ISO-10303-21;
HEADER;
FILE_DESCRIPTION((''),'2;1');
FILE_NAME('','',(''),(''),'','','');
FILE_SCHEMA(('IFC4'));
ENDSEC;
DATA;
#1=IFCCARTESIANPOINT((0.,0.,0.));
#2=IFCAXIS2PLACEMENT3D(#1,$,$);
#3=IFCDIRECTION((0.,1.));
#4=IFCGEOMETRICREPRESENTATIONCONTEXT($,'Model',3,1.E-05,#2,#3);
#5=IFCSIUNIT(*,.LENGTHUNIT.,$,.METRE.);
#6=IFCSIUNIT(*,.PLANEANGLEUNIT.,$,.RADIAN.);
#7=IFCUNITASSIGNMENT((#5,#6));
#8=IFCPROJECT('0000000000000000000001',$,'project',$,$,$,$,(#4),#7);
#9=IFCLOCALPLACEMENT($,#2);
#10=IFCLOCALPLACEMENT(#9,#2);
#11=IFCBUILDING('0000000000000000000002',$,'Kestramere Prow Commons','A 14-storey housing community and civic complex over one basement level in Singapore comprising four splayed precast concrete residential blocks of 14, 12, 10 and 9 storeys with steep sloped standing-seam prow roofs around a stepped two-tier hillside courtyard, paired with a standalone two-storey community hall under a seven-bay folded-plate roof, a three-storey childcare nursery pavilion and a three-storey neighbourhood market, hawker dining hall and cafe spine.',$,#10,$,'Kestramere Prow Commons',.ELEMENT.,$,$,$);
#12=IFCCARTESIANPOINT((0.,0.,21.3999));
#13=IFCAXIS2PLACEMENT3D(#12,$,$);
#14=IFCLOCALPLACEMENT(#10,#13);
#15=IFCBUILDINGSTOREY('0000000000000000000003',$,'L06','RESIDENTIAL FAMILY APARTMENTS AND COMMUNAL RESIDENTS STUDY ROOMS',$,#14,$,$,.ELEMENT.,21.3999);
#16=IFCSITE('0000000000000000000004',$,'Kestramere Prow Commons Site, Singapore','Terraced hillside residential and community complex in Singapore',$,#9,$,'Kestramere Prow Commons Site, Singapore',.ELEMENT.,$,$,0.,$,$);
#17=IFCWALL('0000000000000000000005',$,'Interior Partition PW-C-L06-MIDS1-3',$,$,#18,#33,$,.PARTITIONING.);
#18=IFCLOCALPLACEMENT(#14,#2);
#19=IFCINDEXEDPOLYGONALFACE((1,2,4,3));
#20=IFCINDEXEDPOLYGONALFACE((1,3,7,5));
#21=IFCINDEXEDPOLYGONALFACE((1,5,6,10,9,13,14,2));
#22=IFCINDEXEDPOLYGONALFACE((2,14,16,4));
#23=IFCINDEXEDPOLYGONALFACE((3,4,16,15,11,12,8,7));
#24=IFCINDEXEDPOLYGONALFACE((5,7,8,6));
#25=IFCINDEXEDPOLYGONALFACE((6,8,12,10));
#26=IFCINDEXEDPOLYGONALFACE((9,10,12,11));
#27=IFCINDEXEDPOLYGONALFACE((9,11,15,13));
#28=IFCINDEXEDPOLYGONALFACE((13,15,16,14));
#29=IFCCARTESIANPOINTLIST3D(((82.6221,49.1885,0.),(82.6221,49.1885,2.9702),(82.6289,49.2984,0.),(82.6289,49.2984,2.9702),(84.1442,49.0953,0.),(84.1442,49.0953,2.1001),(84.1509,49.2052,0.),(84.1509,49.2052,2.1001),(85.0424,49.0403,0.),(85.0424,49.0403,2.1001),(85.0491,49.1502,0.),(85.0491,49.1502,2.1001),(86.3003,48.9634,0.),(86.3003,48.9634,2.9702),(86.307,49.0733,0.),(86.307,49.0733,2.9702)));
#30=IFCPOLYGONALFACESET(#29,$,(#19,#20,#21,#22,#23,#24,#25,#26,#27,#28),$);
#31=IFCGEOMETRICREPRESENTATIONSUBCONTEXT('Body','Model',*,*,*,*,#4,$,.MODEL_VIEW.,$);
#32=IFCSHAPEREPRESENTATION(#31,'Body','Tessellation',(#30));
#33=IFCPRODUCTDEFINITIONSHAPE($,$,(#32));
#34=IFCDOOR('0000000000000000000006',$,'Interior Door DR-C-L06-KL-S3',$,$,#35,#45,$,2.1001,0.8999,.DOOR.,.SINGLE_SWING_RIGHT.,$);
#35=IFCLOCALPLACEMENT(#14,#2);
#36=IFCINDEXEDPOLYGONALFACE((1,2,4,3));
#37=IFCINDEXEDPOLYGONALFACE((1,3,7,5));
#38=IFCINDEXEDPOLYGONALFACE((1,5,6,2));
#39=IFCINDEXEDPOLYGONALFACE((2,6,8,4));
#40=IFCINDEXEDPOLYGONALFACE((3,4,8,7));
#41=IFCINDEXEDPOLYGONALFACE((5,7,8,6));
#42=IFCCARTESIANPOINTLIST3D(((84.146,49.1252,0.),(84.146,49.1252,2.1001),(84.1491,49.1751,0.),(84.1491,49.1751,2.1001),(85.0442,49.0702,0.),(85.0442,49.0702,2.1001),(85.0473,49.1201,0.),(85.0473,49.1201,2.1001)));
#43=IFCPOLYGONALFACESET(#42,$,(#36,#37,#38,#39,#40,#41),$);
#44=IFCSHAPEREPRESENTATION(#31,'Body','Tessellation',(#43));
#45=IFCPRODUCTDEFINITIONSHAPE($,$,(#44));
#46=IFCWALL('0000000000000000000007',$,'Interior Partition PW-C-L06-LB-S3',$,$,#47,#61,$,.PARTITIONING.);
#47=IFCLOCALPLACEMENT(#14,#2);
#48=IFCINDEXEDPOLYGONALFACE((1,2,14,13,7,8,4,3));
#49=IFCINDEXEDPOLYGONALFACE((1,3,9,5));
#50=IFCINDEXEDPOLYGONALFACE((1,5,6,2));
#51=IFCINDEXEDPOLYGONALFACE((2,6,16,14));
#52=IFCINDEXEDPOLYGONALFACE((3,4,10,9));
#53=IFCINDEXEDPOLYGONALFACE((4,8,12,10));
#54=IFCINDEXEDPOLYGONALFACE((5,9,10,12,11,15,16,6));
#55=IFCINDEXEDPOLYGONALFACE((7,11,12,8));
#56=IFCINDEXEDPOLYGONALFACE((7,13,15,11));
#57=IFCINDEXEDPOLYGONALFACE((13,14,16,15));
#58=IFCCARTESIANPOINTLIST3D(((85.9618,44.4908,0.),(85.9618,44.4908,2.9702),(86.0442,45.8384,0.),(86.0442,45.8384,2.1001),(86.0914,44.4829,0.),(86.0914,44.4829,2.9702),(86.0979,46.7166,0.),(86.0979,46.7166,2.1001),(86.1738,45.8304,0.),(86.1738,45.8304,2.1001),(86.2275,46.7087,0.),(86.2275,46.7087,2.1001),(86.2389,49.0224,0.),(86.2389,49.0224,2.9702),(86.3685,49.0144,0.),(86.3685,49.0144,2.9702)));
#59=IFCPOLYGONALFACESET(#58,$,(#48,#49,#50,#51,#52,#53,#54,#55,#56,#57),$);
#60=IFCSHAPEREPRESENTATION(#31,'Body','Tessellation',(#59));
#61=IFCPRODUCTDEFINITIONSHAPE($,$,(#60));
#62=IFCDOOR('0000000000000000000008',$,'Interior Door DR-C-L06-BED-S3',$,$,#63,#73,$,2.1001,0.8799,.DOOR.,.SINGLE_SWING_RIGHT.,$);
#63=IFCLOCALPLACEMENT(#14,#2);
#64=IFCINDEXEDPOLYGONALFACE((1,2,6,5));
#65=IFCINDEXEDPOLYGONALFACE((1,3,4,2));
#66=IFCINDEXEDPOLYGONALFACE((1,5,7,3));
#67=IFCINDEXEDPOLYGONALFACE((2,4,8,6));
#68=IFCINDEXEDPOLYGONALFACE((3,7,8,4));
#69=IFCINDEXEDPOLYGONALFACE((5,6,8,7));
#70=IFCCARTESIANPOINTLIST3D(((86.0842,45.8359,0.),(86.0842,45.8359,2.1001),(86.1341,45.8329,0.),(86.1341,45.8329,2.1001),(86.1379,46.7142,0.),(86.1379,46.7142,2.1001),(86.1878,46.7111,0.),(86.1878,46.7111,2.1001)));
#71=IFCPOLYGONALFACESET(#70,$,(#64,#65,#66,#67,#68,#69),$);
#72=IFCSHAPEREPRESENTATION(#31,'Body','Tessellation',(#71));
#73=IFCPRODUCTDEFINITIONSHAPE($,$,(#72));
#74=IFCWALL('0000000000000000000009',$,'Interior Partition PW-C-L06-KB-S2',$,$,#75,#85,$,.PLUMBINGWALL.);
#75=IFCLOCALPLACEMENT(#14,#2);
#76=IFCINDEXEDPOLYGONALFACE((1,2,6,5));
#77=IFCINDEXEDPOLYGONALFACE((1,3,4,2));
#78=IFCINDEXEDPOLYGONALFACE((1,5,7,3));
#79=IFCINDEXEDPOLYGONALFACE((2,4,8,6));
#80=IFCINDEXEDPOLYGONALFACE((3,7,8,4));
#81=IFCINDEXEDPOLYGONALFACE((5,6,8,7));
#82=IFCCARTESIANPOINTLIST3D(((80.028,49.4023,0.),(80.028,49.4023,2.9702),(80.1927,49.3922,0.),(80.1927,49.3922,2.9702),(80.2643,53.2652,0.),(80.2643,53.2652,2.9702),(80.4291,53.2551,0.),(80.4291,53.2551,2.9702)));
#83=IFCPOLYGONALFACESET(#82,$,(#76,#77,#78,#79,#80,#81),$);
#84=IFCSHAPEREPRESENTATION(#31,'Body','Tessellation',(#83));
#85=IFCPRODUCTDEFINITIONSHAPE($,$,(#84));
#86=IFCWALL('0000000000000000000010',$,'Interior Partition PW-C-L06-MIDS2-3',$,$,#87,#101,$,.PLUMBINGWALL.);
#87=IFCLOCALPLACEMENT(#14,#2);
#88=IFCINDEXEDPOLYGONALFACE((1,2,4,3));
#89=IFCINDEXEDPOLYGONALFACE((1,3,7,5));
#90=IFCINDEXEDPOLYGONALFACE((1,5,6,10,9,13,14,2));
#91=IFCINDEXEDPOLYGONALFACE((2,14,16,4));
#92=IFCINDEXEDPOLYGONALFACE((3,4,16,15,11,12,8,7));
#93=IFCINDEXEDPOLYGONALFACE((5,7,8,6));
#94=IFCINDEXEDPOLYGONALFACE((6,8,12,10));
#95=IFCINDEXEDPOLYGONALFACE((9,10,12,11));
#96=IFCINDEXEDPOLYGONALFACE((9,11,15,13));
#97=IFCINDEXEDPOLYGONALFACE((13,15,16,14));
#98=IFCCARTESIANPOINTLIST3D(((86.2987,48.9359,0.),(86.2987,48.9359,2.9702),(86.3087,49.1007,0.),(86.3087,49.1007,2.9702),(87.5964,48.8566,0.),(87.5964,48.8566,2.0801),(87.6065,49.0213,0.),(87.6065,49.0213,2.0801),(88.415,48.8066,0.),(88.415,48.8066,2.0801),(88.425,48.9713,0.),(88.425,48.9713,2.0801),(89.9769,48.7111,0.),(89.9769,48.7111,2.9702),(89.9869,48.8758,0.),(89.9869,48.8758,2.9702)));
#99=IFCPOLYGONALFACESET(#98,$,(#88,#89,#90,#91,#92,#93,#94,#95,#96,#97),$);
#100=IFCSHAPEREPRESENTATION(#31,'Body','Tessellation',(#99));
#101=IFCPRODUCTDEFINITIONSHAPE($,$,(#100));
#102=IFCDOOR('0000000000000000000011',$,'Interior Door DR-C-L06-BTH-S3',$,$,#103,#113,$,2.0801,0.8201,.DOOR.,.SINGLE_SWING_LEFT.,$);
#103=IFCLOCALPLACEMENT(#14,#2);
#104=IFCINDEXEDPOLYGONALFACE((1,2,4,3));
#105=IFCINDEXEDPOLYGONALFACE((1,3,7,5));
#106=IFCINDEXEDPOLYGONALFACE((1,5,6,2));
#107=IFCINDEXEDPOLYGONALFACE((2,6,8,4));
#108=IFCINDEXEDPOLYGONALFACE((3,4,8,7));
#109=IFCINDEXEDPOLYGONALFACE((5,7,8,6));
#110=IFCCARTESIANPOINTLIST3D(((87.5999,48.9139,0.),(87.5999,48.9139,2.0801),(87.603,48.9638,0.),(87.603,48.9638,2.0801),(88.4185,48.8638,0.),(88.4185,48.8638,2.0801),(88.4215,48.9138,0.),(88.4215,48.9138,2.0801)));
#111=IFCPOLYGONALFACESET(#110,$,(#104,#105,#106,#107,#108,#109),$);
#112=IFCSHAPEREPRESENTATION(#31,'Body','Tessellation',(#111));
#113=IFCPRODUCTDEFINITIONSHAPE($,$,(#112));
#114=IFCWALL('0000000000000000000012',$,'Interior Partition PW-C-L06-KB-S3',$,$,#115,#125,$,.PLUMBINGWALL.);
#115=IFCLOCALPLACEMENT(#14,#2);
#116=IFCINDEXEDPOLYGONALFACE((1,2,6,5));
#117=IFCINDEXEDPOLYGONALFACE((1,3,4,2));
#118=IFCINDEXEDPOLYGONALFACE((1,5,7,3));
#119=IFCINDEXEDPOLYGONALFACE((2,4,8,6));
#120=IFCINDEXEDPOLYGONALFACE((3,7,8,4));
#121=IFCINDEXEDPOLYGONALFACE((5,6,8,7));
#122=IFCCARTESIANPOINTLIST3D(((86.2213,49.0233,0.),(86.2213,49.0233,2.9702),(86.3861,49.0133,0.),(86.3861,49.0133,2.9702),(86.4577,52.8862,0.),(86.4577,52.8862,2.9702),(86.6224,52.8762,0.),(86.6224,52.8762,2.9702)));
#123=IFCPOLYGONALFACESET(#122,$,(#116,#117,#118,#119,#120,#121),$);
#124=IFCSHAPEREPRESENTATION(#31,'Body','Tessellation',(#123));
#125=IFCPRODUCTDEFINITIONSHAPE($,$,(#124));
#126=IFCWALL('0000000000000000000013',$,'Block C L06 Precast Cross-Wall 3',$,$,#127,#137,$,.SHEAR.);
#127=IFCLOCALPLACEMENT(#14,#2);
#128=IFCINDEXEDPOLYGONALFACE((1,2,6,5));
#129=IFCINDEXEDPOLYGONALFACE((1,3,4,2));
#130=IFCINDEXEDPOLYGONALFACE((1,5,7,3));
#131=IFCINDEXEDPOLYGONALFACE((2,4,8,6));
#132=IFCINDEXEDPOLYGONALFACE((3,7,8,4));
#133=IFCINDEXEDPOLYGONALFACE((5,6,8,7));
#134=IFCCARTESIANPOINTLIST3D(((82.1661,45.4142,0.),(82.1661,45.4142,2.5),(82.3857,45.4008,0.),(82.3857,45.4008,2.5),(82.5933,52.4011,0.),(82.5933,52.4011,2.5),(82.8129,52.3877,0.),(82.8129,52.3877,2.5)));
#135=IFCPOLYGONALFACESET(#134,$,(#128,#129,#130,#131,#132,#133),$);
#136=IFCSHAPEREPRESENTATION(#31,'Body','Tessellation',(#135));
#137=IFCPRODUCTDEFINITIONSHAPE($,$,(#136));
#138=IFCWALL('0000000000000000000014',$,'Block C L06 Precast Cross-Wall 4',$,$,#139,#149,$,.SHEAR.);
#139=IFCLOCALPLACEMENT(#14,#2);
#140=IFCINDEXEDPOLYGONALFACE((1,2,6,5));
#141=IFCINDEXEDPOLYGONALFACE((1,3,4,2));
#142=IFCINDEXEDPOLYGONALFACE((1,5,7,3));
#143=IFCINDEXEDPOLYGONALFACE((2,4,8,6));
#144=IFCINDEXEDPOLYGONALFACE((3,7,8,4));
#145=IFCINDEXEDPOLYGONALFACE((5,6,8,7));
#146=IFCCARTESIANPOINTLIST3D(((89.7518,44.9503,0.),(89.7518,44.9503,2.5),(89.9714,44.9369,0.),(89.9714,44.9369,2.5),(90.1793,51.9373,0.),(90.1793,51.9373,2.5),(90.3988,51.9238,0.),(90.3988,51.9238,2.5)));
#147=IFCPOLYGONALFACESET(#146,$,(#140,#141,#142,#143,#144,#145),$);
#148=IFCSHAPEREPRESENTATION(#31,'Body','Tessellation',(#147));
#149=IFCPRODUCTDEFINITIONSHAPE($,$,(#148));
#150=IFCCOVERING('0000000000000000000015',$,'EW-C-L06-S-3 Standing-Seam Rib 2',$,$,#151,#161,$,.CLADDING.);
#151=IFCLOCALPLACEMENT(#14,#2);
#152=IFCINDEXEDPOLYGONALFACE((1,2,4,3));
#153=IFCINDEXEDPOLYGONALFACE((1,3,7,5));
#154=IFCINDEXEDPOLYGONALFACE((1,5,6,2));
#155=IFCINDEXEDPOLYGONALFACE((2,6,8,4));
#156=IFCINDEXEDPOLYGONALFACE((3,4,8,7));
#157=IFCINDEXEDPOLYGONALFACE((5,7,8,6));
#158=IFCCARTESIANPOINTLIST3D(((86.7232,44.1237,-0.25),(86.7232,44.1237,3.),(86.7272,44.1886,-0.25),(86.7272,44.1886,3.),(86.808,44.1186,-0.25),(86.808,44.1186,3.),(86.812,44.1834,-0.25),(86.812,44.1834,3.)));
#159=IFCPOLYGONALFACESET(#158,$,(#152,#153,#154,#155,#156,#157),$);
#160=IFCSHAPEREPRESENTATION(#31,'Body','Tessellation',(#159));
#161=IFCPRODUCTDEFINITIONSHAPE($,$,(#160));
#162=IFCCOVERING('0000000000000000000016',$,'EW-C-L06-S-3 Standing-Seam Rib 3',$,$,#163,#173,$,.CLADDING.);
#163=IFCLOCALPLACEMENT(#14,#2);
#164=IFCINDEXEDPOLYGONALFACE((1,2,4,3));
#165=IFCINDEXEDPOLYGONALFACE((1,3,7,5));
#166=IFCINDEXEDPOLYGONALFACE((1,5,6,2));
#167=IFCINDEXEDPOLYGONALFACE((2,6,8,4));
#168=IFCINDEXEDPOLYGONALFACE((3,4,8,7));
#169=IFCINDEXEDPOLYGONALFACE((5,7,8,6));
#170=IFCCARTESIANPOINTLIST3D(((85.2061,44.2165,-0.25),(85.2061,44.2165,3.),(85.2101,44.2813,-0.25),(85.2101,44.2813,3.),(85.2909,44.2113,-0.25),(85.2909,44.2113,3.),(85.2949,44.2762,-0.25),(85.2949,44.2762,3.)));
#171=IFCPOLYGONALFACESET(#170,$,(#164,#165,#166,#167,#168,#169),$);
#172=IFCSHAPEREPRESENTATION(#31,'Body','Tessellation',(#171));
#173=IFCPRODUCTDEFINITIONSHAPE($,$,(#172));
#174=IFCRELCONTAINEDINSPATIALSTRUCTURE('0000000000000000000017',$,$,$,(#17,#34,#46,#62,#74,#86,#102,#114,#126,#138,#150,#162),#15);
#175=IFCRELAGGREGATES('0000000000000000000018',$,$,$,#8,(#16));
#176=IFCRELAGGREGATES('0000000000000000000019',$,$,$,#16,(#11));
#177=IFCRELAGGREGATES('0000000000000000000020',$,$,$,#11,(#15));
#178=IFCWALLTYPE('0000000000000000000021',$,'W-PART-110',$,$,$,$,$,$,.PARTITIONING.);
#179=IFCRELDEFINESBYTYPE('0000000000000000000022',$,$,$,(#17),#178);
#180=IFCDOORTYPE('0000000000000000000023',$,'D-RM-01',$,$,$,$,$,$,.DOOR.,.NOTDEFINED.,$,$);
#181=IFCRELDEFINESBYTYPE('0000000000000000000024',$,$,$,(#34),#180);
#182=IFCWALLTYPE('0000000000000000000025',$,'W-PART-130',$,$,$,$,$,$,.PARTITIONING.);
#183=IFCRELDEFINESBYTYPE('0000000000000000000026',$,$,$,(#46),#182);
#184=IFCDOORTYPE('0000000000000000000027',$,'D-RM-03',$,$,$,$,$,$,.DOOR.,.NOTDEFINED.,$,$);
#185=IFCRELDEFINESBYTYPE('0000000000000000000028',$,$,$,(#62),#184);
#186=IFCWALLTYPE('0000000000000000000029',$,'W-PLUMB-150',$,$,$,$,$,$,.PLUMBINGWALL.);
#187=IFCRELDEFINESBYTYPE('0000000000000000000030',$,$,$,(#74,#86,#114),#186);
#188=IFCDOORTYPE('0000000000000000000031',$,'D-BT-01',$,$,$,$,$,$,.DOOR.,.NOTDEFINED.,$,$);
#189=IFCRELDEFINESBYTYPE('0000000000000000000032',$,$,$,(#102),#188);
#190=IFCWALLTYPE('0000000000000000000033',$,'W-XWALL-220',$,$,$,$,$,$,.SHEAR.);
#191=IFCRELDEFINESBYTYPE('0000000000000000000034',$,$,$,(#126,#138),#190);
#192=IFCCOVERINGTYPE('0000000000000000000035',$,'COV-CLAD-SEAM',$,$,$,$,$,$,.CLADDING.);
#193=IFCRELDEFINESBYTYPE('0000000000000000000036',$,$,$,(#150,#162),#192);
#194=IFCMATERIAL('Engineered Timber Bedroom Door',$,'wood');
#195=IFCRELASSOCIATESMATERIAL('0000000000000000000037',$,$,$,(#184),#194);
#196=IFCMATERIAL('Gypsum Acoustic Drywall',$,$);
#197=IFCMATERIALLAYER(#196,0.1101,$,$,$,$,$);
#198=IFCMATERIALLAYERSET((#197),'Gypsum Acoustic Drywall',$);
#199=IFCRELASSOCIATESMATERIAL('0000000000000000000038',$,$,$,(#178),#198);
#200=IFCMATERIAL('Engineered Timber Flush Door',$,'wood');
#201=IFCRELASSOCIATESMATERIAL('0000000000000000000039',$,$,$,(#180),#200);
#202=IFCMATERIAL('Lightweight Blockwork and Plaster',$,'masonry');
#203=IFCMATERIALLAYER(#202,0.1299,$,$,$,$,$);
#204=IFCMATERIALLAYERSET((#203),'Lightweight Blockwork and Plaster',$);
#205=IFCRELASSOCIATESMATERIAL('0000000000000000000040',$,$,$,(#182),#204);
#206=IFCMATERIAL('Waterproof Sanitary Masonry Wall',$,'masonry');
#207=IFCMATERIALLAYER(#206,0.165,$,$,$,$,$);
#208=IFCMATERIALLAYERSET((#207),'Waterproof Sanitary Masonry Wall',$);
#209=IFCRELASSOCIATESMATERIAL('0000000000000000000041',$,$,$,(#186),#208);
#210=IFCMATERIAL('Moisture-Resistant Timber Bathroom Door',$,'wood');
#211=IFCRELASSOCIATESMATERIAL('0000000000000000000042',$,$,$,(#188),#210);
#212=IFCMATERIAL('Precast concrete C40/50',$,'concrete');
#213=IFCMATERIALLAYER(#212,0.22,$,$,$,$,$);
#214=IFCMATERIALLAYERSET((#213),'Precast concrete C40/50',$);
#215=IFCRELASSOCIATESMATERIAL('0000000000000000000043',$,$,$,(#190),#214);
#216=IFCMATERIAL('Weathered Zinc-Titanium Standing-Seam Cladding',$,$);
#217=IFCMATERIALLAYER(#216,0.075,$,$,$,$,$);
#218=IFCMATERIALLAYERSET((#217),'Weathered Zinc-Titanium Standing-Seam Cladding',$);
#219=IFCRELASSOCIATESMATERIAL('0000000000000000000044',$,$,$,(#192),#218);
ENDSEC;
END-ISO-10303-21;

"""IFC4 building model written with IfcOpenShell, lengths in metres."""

from ifc_helpers import new_model, si_unit, direction, frame, frame_2d, origin, origin_2d, place, context, subcontext, project, spatial, rectangle, extrude, material, layer, layer_set, type_object, element, fill, save


model = new_model("IFC4")

# Units and contexts
model_context = context("Model", 3, precision=1e-05, world=origin(), true_north=direction((0.0, 1.0)))
body_context = subcontext(model_context, "Body", "Model", "MODEL_VIEW")
ifc_project = project(units=[si_unit("LENGTHUNIT", "METRE"), si_unit("PLANEANGLEUNIT", "RADIAN")], contexts=[model_context])

# Site, building, storey
site_placement = place(None, origin())
site = spatial("IfcSite", under=ifc_project, at=site_placement, Name="Kestramere Prow Commons Site, Singapore", Description="Terraced hillside residential and community complex in Singapore", LongName="Kestramere Prow Commons Site, Singapore", CompositionType="ELEMENT", RefElevation=0.0)
building_placement = place(site_placement, origin())
building = spatial("IfcBuilding", under=site, at=building_placement, Name="Kestramere Prow Commons", Description="A 14-storey housing community and civic complex over one basement level in Singapore comprising four splayed precast concrete residential blocks of 14, 12, 10 and 9 storeys with steep sloped standing-seam prow roofs around a stepped two-tier hillside courtyard, paired with a standalone two-storey community hall under a seven-bay folded-plate roof, a three-storey childcare nursery pavilion and a three-storey neighbourhood market, hawker dining hall and cafe spine.", LongName="Kestramere Prow Commons", CompositionType="ELEMENT")
storey_placement = place(building_placement, frame((0.0, 0.0, 21.3999)))
storey = spatial("IfcBuildingStorey", under=building, at=storey_placement, Name="L06", Description="RESIDENTIAL FAMILY APARTMENTS AND COMMUNAL RESIDENTS STUDY ROOMS", CompositionType="ELEMENT", Elevation=21.3999)

# Shared definitions
ifc_material_1 = material(Name="Precast concrete C40/50", Category="concrete")

# Walls, openings, doors
ifc_material_2 = material(Name="Gypsum Acoustic Drywall")
ifc_material_3 = material(Name="Engineered Timber Bedroom Door", Category="wood")
door_type_1 = type_object("IfcDoorType", Name="D-RM-03", OperationType="NOTDEFINED", PredefinedType="DOOR", material=ifc_material_3)
ifc_layer_1 = layer(ifc_material_2, 0.1101)
ifc_layer_set_1 = layer_set([ifc_layer_1], Name="Gypsum Acoustic Drywall")
wall_type_1 = type_object("IfcWallType", Name="W-PART-110", PredefinedType="PARTITIONING", material=ifc_layer_set_1)
wall_1_placement = place(storey_placement, frame((82.6255, 49.2434, 0.0), z_axis=(0.0, 0.0, 1.0), x_axis=(0.998133, -0.061083, 0.0)))
wall_1 = element("IfcWall", 1, at=wall_1_placement, inside=storey, type_object=wall_type_1, Name="Interior Partition PW-C-L06-MIDS1-3", PredefinedType="PARTITIONING", context=body_context, shape_type="SweptSolid", body=[
    extrude(rectangle(XDim=3.6851, YDim=0.1101, at=frame_2d((1.8425, 0.0))), origin(), (0.0, 0.0, 1.0), 2.9702),
])
opening_1_placement = place(wall_1_placement, frame((1.5249, 0.0, 0.0)))
opening_1 = element("IfcOpeningElement", 2, at=opening_1_placement, cuts=wall_1, PredefinedType="OPENING", context=body_context, shape_type="SweptSolid", body=[
    extrude(rectangle(XDim=0.8999, YDim=2.1001, at=frame_2d((0.45, 1.05))), frame((0.0, 0.0701, 0.0), z_axis=(0.0, -1.0, 0.0), x_axis=(1.0, 0.0, 0.0)), (0.0, 0.0, 1.0), 0.1401),
])
ifc_material_4 = material(Name="Engineered Timber Flush Door", Category="wood")
door_type_2 = type_object("IfcDoorType", Name="D-RM-01", OperationType="NOTDEFINED", PredefinedType="DOOR", material=ifc_material_4)
door_1_placement = place(opening_1_placement, origin())
door_1 = element("IfcDoor", 3, at=door_1_placement, inside=storey, type_object=door_type_2, Name="Interior Door DR-C-L06-KL-S3", OperationType="SINGLE_SWING_RIGHT", OverallHeight=2.1001, OverallWidth=0.8999, PredefinedType="DOOR", context=body_context, shape_type="SweptSolid", body=[
    extrude(rectangle(XDim=0.8999, YDim=2.1001, at=frame_2d((0.45, 1.05))), frame((0.0, 0.0249, 0.0), z_axis=(0.0, -1.0, 0.0), x_axis=(1.0, 0.0, 0.0)), (0.0, 0.0, 1.0), 0.05),
])
fill(opening_1, door_1)
ifc_material_5 = material(Name="Lightweight Blockwork and Plaster", Category="masonry")
ifc_layer_2 = layer(ifc_material_5, 0.1299)
ifc_layer_set_2 = layer_set([ifc_layer_2], Name="Lightweight Blockwork and Plaster")
wall_type_2 = type_object("IfcWallType", Name="W-PART-130", PredefinedType="PARTITIONING", material=ifc_layer_set_2)
wall_2_placement = place(storey_placement, frame((86.0266, 44.4868, 0.0), z_axis=(0.0, 0.0, 1.0), x_axis=(0.061036, 0.998136, 0.0)))
wall_2 = element("IfcWall", 4, at=wall_2_placement, inside=storey, type_object=wall_type_2, Name="Interior Partition PW-C-L06-LB-S3", PredefinedType="PARTITIONING", context=body_context, shape_type="SweptSolid", body=[
    extrude(rectangle(XDim=4.54, YDim=0.1299, at=frame_2d((2.27, 0.0))), origin(), (0.0, 0.0, 1.0), 2.9702),
])
opening_2_placement = place(wall_2_placement, frame((1.3501, 0.0, 0.0)))
opening_2 = element("IfcOpeningElement", 5, at=opening_2_placement, cuts=wall_2, PredefinedType="OPENING", context=body_context, shape_type="SweptSolid", body=[
    extrude(rectangle(XDim=0.8799, YDim=2.1001, at=frame_2d((0.4399, 1.05))), frame((0.0, 0.0798, 0.0), z_axis=(0.0, -1.0, 0.0), x_axis=(1.0, 0.0, 0.0)), (0.0, 0.0, 1.0), 0.1599),
])
door_2_placement = place(opening_2_placement, origin())
door_2 = element("IfcDoor", 6, at=door_2_placement, inside=storey, type_object=door_type_1, Name="Interior Door DR-C-L06-BED-S3", OperationType="SINGLE_SWING_RIGHT", OverallHeight=2.1001, OverallWidth=0.8799, PredefinedType="DOOR", context=body_context, shape_type="SweptSolid", body=[
    extrude(rectangle(XDim=0.8799, YDim=2.1001, at=frame_2d((0.4399, 1.05))), frame((0.0, 0.0249, 0.0), z_axis=(0.0, -1.0, 0.0), x_axis=(1.0, 0.0, 0.0)), (0.0, 0.0, 1.0), 0.05),
])
fill(opening_2, door_2)

# Wall
ifc_material_6 = material(Name="Waterproof Sanitary Masonry Wall", Category="masonry")
ifc_layer_3 = layer(ifc_material_6, 0.165)
ifc_layer_set_3 = layer_set([ifc_layer_3], Name="Waterproof Sanitary Masonry Wall")
wall_type_3 = type_object("IfcWallType", Name="W-PLUMB-150", PredefinedType="PLUMBINGWALL", material=ifc_layer_set_3)
wall_3_placement = place(storey_placement, frame((80.1104, 49.3972, 0.0), z_axis=(0.0, 0.0, 1.0), x_axis=(0.061066, 0.998134, 0.0)))
element("IfcWall", 7, at=wall_3_placement, inside=storey, type_object=wall_type_3, Name="Interior Partition PW-C-L06-KB-S2", PredefinedType="PLUMBINGWALL", context=body_context, shape_type="SweptSolid", body=[
    extrude(rectangle(XDim=3.8701, YDim=0.165, at=frame_2d((1.9351, 0.0))), origin(), (0.0, 0.0, 1.0), 2.9702),
])

# Wall, opening, door
wall_4_placement = place(storey_placement, frame((86.3037, 49.0183, 0.0), z_axis=(0.0, 0.0, 1.0), x_axis=(0.998137, -0.061017, 0.0)))
wall_4 = element("IfcWall", 8, at=wall_4_placement, inside=storey, type_object=wall_type_3, Name="Interior Partition PW-C-L06-MIDS2-3", PredefinedType="PLUMBINGWALL", context=body_context, shape_type="SweptSolid", body=[
    extrude(rectangle(XDim=3.6851, YDim=0.165, at=frame_2d((1.8425, 0.0))), origin(), (0.0, 0.0, 1.0), 2.9702),
])
opening_3_placement = place(wall_4_placement, frame((1.3, 0.0, 0.0)))
opening_3 = element("IfcOpeningElement", 9, at=opening_3_placement, cuts=wall_4, PredefinedType="OPENING", context=body_context, shape_type="SweptSolid", body=[
    extrude(rectangle(XDim=0.8201, YDim=2.0801, at=frame_2d((0.4102, 1.04))), frame((0.0, 0.0974, 0.0), z_axis=(0.0, -1.0, 0.0), x_axis=(1.0, 0.0, 0.0)), (0.0, 0.0, 1.0), 0.1951),
])
ifc_material_7 = material(Name="Moisture-Resistant Timber Bathroom Door", Category="wood")
door_type_3 = type_object("IfcDoorType", Name="D-BT-01", OperationType="NOTDEFINED", PredefinedType="DOOR", material=ifc_material_7)
door_3_placement = place(opening_3_placement, origin())
door_3 = element("IfcDoor", 10, at=door_3_placement, inside=storey, type_object=door_type_3, Name="Interior Door DR-C-L06-BTH-S3", OperationType="SINGLE_SWING_LEFT", OverallHeight=2.0801, OverallWidth=0.8201, PredefinedType="DOOR", context=body_context, shape_type="SweptSolid", body=[
    extrude(rectangle(XDim=0.8201, YDim=2.0801, at=frame_2d((0.4102, 1.04))), frame((0.0, 0.0249, 0.0), z_axis=(0.0, -1.0, 0.0), x_axis=(1.0, 0.0, 0.0)), (0.0, 0.0, 1.0), 0.05),
])
fill(opening_3, door_3)

# Walls
wall_5_placement = place(storey_placement, frame((86.3037, 49.0183, 0.0), z_axis=(0.0, 0.0, 1.0), x_axis=(0.061066, 0.998134, 0.0)))
element("IfcWall", 11, at=wall_5_placement, inside=storey, type_object=wall_type_3, Name="Interior Partition PW-C-L06-KB-S3", PredefinedType="PLUMBINGWALL", context=body_context, shape_type="SweptSolid", body=[
    extrude(rectangle(XDim=3.8701, YDim=0.165, at=frame_2d((1.9351, 0.0))), origin(), (0.0, 0.0, 1.0), 2.9702),
])
ifc_layer_4 = layer(ifc_material_1, 0.22)
ifc_layer_set_4 = layer_set([ifc_layer_4], Name="Precast concrete C40/50")
wall_type_4 = type_object("IfcWallType", Name="W-XWALL-220", PredefinedType="SHEAR", material=ifc_layer_set_4)
for number, where, z_axis, x_axis, name in (
    (12, (82.2759, 45.4075, 0.0), (0.0, 0.0, 1.0), (0.061034, 0.998136, 0.0), "Block C L06 Precast Cross-Wall 3"),
    (13, (89.8616, 44.9436, 0.0), (0.0, 0.0, 1.0), (0.061071, 0.998133, 0.0), "Block C L06 Precast Cross-Wall 4"),
):
    element("IfcWall", number, at=place(storey_placement, frame(where, z_axis=z_axis, x_axis=x_axis)), inside=storey, type_object=wall_type_4, Name=name, PredefinedType="SHEAR", context=body_context, shape_type="SweptSolid", body=[
        extrude(rectangle(XDim=7.0, YDim=0.22, at=frame_2d((3.5, 0.0))), origin(), (0.0, 0.0, 1.0), 2.5),
    ])

# Coverings
ifc_material_8 = material(Name="Weathered Zinc-Titanium Standing-Seam Cladding")
ifc_layer_5 = layer(ifc_material_8, 0.075)
ifc_layer_set_5 = layer_set([ifc_layer_5], Name="Weathered Zinc-Titanium Standing-Seam Cladding")
covering_type = type_object("IfcCoveringType", Name="COV-CLAD-SEAM", PredefinedType="CLADDING", material=ifc_layer_set_5)
for number, where, z_axis, x_axis, name in (
    (14, (86.7676, 44.1536, -0.25), (0.0, 0.0, 1.0), (-0.998135, 0.061049, 0.0), "EW-C-L06-S-3 Standing-Seam Rib 2"),
    (15, (85.2505, 44.2463, -0.25), (0.0, 0.0, 1.0), (-0.998135, 0.061049, 0.0), "EW-C-L06-S-3 Standing-Seam Rib 3"),
):
    element("IfcCovering", number, at=place(storey_placement, frame(where, z_axis=z_axis, x_axis=x_axis)), inside=storey, type_object=covering_type, Name=name, PredefinedType="CLADDING", context=body_context, shape_type="SweptSolid", body=[
        extrude(rectangle(XDim=0.085, YDim=0.0649, at=origin_2d()), origin(), (0.0, 0.0, 1.0), 3.25),
    ])

save(model, "model.ifc")
